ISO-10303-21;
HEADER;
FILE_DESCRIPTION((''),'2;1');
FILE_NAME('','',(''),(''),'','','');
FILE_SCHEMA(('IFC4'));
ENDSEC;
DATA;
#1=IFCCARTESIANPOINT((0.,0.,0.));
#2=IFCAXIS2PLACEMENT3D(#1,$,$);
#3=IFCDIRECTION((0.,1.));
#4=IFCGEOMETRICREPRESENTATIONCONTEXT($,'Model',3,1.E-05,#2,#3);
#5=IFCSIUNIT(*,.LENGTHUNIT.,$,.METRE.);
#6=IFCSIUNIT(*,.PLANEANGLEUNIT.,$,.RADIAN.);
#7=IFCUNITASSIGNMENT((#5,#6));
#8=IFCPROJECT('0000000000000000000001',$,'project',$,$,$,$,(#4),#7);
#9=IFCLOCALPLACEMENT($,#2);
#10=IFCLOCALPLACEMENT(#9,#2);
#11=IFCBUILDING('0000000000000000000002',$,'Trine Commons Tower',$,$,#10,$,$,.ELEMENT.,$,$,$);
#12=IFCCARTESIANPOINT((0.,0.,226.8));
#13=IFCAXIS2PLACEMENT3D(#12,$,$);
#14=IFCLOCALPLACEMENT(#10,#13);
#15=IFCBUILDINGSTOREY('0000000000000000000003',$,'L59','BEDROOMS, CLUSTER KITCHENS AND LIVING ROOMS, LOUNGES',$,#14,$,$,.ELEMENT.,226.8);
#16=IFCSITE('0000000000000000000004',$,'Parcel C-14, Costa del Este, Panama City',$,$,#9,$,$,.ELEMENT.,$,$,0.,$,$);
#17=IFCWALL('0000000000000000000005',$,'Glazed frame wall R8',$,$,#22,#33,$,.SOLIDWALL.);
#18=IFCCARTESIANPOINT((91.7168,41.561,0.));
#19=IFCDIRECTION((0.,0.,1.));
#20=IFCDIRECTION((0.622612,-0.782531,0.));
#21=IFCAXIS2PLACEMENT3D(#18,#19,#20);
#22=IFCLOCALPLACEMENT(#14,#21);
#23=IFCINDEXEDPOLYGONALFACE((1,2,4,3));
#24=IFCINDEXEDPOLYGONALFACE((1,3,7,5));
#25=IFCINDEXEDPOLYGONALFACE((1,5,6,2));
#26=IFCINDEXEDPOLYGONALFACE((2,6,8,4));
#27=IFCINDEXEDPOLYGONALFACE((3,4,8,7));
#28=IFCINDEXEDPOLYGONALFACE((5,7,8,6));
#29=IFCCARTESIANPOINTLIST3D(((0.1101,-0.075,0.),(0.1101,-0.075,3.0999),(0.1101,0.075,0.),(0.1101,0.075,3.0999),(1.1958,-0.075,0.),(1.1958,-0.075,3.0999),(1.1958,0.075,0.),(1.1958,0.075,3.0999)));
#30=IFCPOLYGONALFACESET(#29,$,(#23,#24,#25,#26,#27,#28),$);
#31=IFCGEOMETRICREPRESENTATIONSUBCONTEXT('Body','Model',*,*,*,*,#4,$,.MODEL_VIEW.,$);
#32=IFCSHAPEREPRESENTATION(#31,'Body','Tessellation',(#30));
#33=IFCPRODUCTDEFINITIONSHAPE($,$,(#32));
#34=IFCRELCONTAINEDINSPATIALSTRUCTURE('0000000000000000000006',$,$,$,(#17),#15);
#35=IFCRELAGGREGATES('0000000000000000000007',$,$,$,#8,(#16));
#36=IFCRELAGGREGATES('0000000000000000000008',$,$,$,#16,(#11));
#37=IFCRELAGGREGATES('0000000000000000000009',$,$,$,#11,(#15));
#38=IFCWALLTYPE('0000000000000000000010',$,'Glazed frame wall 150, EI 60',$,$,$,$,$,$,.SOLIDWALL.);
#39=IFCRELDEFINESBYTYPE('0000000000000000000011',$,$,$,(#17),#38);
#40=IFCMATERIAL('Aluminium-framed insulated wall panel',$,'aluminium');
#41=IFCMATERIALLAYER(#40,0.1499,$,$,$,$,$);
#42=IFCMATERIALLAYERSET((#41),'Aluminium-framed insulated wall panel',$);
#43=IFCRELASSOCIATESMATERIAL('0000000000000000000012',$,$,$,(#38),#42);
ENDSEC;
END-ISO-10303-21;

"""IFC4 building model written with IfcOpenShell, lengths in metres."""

from ifc_helpers import new_model, si_unit, direction, frame, origin, place, context, subcontext, project, spatial, polyline, outline, extrude, material, layer, layer_set, type_object, element, save


model = new_model("IFC4")

# Units and contexts
model_context = context("Model", 3, precision=1e-05, world=origin(), true_north=direction((0.0, 1.0)))
body_context = subcontext(model_context, "Body", "Model", "MODEL_VIEW")
ifc_project = project(units=[si_unit("LENGTHUNIT", "METRE"), si_unit("PLANEANGLEUNIT", "RADIAN")], contexts=[model_context])

# Site, building, storey
site_placement = place(None, origin())
site = spatial("IfcSite", under=ifc_project, at=site_placement, Name="Parcel C-14, Costa del Este, Panama City", CompositionType="ELEMENT", RefElevation=0.0)
building_placement = place(site_placement, origin())
building = spatial("IfcBuilding", under=site, at=building_placement, Name="Trine Commons Tower", CompositionType="ELEMENT")
storey_placement = place(building_placement, frame((0.0, 0.0, 226.8)))
storey = spatial("IfcBuildingStorey", under=building, at=storey_placement, Name="L59", Description="BEDROOMS, CLUSTER KITCHENS AND LIVING ROOMS, LOUNGES", CompositionType="ELEMENT", Elevation=226.8)

# Wall
ifc_material_1 = material(Name="Aluminium-framed insulated wall panel", Category="aluminium")
ifc_layer_1 = layer(ifc_material_1, 0.1499)
ifc_layer_set_1 = layer_set([ifc_layer_1], Name="Aluminium-framed insulated wall panel")
wall_type_1 = type_object("IfcWallType", Name="Glazed frame wall 150, EI 60", PredefinedType="SOLIDWALL", material=ifc_layer_set_1)
wall_1_placement = place(storey_placement, frame((91.7168, 41.561, 0.0), z_axis=(0.0, 0.0, 1.0), x_axis=(0.622612, -0.782531, 0.0)))
element("IfcWall", 1, at=wall_1_placement, inside=storey, type_object=wall_type_1, Name="Glazed frame wall R8", PredefinedType="SOLIDWALL", context=body_context, shape_type="SweptSolid", body=[
    extrude(outline(polyline([(0.1101, 0.075), (0.1101, -0.075), (1.1958, -0.075), (1.1958, 0.075), (0.1101, 0.075)])), origin(), (0.0, 0.0, 1.0), 3.0999),
])

save(model, "model.ifc")
